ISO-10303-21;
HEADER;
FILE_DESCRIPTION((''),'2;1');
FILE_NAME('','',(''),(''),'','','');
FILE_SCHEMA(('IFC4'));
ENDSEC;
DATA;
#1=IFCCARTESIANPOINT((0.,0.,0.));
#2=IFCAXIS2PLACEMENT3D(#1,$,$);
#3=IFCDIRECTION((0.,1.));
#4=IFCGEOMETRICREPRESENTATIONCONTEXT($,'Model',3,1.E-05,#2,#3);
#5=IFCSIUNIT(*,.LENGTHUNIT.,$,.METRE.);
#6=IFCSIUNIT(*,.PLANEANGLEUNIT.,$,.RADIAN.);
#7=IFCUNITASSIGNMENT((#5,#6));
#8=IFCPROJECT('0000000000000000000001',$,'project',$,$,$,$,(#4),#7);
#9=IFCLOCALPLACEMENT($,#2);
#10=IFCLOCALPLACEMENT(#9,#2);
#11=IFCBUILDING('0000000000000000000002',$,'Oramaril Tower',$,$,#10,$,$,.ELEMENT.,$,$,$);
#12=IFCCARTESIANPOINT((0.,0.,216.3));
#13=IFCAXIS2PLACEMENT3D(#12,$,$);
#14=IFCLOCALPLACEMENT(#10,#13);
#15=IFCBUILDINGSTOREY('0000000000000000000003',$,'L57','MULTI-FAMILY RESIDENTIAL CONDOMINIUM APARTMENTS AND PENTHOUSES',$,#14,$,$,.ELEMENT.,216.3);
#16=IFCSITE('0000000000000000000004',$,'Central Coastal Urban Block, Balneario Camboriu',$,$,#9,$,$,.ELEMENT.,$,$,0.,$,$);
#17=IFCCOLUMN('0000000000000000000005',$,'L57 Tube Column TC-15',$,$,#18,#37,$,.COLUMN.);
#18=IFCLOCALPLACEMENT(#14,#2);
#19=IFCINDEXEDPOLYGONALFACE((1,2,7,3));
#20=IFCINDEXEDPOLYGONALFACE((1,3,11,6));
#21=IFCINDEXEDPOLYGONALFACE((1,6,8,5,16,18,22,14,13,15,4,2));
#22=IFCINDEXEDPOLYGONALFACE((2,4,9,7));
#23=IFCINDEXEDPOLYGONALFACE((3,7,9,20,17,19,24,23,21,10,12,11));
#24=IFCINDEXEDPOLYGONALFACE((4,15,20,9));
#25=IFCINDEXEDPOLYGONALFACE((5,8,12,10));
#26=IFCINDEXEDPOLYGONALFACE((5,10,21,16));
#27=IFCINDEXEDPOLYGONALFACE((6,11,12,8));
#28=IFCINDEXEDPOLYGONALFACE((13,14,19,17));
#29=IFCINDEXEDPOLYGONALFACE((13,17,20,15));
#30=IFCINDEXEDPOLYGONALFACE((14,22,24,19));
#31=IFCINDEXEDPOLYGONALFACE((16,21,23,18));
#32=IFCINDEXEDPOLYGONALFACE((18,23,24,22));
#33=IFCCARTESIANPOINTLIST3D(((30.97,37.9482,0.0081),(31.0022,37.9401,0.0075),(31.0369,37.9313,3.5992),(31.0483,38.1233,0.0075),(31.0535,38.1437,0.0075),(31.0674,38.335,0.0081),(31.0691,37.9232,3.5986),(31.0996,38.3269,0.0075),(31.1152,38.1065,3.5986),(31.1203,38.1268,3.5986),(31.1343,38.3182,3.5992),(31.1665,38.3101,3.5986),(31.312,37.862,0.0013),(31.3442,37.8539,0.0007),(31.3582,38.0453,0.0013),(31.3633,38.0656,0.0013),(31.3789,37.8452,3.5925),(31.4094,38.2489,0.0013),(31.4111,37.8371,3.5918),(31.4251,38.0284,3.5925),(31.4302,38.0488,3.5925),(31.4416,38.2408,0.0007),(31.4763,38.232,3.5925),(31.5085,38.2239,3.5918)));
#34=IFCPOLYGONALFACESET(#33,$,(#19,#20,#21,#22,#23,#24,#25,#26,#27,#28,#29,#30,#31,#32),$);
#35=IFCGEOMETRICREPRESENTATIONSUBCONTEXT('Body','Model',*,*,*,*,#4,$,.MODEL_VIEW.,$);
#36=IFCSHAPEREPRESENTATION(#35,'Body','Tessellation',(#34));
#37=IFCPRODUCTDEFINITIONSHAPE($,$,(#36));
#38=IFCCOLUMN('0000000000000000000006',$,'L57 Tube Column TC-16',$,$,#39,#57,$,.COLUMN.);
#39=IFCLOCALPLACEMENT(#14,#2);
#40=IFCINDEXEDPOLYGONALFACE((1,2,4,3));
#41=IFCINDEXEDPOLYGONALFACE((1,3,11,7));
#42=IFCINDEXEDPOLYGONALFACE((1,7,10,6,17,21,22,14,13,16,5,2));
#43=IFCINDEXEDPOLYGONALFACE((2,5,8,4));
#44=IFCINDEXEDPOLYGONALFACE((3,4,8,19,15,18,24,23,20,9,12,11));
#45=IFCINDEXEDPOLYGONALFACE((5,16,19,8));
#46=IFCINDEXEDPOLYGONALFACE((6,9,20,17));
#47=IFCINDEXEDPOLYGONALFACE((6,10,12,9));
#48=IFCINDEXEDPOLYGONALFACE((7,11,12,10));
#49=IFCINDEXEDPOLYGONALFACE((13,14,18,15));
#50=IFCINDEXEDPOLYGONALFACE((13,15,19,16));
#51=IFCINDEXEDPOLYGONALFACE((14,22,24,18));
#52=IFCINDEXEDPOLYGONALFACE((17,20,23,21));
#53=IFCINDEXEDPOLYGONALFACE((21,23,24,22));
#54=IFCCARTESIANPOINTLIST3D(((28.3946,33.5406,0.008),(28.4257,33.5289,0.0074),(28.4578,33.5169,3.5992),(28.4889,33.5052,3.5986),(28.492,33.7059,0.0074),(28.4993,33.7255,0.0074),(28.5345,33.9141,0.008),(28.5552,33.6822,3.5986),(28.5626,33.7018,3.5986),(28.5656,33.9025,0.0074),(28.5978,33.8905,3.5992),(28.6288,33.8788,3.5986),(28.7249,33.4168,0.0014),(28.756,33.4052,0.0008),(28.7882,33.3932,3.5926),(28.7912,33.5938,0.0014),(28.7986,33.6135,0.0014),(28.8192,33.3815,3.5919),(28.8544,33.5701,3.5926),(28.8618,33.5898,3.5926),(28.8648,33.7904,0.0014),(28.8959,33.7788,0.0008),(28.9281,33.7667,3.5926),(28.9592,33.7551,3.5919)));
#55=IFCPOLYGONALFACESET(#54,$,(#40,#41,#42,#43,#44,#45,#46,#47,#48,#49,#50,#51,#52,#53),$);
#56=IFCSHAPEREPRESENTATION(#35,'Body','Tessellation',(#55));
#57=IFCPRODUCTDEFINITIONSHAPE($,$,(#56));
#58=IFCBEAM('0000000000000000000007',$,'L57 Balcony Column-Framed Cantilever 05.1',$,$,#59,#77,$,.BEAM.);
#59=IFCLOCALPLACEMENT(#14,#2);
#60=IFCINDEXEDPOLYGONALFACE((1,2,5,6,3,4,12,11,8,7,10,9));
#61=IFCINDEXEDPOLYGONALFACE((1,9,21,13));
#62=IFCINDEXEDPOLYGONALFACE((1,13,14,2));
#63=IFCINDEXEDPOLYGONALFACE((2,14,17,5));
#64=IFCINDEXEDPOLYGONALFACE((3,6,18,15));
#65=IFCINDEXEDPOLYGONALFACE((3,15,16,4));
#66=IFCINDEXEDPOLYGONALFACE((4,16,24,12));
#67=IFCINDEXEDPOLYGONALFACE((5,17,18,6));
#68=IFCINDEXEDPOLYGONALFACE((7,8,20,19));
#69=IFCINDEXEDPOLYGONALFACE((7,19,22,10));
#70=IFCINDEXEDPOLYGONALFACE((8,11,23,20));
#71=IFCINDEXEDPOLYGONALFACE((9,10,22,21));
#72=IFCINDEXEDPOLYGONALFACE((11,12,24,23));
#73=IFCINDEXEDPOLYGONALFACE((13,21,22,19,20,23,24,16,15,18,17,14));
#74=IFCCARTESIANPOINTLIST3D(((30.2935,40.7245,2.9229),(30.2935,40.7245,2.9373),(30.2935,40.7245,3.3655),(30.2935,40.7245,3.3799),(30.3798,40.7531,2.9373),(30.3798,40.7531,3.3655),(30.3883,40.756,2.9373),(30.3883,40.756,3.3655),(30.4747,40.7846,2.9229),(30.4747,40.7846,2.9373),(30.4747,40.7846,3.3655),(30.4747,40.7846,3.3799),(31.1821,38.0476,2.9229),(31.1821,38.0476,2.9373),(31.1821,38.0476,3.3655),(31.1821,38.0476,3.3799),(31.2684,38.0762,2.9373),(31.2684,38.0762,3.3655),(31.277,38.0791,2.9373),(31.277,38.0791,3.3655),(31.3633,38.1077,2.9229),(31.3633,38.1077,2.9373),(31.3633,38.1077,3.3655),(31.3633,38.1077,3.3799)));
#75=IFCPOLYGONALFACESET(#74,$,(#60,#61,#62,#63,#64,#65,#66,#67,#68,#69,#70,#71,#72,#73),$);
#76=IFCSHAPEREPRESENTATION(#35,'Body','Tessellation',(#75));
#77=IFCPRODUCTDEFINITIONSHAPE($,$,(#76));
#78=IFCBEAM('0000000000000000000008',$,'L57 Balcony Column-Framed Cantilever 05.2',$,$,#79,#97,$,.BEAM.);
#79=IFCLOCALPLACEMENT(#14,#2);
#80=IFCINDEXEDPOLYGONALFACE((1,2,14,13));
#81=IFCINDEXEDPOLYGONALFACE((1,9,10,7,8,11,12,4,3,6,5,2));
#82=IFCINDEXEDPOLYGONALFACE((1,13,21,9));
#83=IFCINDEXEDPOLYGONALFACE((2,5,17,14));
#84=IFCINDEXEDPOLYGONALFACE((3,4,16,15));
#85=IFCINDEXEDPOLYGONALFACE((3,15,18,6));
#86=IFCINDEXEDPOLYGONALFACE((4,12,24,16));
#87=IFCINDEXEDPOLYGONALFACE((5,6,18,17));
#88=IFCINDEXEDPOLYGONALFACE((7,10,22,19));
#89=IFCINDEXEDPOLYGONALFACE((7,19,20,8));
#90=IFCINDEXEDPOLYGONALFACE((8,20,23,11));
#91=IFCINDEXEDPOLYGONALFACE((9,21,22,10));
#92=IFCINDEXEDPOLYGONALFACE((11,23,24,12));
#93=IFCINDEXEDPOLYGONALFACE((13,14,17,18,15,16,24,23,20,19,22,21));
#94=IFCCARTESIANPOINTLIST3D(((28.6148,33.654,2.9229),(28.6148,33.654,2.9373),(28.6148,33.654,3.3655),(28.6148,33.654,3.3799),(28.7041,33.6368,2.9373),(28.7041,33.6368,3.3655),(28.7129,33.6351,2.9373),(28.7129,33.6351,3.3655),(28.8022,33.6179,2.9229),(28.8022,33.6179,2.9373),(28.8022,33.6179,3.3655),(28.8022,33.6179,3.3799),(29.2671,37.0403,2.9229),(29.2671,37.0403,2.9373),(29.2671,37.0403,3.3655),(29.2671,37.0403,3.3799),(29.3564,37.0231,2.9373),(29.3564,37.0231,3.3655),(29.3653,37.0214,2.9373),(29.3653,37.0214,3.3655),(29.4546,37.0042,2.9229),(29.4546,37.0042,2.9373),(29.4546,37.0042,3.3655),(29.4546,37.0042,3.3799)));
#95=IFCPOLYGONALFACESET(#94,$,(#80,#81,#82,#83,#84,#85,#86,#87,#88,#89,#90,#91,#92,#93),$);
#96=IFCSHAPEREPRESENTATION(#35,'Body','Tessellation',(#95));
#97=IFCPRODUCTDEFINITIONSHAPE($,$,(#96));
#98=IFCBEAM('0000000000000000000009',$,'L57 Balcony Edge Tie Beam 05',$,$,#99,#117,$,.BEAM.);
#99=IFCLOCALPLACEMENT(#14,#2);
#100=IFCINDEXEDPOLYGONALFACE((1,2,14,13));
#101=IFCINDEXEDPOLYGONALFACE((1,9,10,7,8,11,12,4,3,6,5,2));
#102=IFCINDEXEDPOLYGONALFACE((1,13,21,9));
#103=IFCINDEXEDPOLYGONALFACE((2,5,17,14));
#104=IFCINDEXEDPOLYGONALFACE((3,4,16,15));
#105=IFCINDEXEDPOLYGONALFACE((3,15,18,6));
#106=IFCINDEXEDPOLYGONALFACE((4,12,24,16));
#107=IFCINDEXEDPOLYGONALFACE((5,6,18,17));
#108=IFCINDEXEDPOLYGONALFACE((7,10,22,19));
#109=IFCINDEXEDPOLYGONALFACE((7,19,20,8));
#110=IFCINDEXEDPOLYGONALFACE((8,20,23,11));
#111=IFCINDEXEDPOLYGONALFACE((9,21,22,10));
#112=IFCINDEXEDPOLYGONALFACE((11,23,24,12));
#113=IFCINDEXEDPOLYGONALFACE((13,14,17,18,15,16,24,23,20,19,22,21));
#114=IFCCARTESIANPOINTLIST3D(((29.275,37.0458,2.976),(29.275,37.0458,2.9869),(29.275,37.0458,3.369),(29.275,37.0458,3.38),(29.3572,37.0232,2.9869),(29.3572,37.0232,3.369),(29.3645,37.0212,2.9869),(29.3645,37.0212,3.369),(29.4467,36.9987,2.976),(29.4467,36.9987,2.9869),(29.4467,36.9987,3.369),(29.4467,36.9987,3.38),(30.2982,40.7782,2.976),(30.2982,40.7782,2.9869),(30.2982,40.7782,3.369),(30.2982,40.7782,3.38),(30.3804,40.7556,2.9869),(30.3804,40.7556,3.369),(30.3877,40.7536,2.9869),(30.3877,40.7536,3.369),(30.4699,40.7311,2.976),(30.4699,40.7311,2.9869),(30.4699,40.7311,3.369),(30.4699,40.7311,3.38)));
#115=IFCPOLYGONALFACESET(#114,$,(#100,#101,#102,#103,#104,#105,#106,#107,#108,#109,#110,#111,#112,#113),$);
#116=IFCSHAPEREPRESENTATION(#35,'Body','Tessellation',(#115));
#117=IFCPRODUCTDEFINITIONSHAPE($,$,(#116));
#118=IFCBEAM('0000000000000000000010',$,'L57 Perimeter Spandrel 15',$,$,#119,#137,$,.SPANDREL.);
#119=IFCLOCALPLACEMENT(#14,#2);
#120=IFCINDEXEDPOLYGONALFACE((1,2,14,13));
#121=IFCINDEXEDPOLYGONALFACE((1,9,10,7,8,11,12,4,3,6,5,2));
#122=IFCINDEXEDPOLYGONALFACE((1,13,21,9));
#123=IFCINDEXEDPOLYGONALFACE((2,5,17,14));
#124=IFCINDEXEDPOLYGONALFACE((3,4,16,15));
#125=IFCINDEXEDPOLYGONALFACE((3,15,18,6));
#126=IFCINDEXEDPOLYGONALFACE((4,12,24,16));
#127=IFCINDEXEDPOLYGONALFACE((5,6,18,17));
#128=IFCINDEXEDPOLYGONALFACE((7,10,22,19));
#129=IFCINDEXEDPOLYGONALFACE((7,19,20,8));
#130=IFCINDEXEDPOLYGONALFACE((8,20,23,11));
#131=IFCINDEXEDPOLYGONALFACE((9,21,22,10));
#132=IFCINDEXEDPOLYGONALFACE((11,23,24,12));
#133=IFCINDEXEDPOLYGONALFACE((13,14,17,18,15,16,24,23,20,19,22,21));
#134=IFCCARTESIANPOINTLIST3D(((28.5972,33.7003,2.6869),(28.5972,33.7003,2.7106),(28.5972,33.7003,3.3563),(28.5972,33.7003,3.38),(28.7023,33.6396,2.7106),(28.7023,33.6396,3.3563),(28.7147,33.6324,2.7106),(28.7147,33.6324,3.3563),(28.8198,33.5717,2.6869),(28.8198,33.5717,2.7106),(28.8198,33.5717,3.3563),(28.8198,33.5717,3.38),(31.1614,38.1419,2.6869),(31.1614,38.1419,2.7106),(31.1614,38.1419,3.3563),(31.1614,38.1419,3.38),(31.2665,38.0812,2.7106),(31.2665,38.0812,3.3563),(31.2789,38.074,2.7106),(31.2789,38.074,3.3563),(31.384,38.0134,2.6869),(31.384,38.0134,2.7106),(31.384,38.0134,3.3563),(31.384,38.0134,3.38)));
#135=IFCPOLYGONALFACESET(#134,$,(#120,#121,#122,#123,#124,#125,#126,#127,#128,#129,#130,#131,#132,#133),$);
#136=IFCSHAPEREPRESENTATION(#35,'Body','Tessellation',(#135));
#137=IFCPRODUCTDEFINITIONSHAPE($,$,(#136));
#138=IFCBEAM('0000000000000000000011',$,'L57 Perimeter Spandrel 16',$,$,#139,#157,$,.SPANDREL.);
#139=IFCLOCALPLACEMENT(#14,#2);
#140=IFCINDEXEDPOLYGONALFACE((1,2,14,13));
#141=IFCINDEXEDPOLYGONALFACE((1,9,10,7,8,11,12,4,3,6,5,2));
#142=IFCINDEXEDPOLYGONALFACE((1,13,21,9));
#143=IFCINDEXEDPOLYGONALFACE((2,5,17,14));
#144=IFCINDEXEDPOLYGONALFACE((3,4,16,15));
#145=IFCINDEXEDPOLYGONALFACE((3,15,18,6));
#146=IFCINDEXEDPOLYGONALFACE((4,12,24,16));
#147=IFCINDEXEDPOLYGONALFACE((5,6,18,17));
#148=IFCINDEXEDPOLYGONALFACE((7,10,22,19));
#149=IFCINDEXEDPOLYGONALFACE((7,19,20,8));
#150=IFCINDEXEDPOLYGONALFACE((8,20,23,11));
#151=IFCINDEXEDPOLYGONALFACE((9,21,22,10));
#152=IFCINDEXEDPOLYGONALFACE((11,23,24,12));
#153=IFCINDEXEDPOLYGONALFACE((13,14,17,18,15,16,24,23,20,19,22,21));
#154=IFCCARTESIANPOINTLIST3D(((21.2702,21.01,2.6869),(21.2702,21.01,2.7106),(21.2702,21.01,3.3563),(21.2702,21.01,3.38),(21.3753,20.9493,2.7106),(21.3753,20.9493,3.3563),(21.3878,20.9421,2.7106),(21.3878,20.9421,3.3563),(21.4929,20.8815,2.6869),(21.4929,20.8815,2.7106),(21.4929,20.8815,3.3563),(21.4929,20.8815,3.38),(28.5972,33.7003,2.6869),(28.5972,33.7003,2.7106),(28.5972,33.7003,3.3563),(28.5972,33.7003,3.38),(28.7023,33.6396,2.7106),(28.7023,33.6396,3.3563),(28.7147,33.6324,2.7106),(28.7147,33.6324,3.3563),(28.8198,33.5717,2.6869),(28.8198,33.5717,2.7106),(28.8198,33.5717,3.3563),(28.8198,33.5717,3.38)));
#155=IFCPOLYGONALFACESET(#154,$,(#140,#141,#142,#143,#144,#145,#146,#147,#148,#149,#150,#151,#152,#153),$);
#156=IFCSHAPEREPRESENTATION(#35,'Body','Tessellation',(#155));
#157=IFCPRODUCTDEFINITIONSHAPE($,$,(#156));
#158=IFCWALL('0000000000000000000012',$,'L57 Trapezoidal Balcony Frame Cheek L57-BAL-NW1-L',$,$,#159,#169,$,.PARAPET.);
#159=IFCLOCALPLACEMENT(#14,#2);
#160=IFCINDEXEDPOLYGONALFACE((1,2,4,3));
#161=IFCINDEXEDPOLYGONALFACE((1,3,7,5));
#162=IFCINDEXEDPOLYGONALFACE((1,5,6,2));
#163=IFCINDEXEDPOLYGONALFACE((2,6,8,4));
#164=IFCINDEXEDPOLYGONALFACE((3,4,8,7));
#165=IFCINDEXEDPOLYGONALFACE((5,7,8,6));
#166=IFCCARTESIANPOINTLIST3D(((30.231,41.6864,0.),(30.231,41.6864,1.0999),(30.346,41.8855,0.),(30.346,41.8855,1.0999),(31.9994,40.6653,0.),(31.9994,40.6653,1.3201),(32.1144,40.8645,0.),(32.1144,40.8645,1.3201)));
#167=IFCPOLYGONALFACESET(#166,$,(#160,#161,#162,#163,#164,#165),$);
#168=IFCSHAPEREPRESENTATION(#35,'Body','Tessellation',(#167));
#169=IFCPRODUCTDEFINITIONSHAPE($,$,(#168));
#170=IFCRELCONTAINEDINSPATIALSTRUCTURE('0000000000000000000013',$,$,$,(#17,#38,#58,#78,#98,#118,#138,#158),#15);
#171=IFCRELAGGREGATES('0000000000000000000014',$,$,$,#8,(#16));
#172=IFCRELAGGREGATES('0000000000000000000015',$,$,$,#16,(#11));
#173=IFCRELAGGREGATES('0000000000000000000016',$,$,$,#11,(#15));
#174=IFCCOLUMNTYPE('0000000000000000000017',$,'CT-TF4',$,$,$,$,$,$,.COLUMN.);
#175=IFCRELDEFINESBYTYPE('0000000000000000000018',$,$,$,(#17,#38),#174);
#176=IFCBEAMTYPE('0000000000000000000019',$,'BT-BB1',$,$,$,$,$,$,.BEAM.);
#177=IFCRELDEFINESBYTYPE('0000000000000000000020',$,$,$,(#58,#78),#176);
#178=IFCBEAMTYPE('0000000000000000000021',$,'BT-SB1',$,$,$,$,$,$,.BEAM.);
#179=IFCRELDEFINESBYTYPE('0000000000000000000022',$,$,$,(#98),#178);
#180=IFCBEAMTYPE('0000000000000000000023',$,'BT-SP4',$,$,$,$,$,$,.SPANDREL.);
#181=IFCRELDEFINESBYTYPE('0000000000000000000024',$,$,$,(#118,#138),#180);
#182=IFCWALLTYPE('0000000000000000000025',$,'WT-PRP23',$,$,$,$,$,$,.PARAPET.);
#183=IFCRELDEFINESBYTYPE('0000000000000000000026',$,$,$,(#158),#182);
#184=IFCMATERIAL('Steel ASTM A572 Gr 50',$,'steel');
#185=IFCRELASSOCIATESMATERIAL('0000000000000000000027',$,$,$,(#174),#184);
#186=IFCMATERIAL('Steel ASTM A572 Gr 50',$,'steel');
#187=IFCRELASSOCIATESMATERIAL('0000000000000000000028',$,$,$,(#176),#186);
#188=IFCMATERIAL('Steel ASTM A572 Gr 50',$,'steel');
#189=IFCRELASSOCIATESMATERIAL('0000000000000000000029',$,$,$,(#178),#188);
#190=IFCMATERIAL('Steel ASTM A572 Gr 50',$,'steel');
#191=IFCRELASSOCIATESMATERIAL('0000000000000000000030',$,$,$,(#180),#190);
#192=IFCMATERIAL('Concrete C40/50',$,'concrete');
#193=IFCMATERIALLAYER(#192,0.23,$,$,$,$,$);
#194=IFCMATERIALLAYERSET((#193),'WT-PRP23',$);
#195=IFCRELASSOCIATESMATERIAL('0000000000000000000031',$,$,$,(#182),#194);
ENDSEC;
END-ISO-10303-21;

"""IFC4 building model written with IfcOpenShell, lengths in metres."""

from ifc_helpers import new_model, si_unit, direction, frame, origin, origin_2d, place, context, subcontext, project, spatial, polyline, i_section, outline, extrude, material, layer, layer_set, material_profile, profile_set, type_object, element, save


model = new_model("IFC4")

# Units and contexts
model_context = context("Model", 3, precision=1e-05, world=origin(), true_north=direction((0.0, 1.0)))
body_context = subcontext(model_context, "Body", "Model", "MODEL_VIEW")
ifc_project = project(units=[si_unit("LENGTHUNIT", "METRE"), si_unit("PLANEANGLEUNIT", "RADIAN")], contexts=[model_context])

# Site, building, storey
site_placement = place(None, origin())
site = spatial("IfcSite", under=ifc_project, at=site_placement, Name="Central Coastal Urban Block, Balneario Camboriu", CompositionType="ELEMENT", RefElevation=0.0)
building_placement = place(site_placement, origin())
building = spatial("IfcBuilding", under=site, at=building_placement, Name="Oramaril Tower", CompositionType="ELEMENT")
storey_placement = place(building_placement, frame((0.0, 0.0, 216.3)))
storey = spatial("IfcBuildingStorey", under=building, at=storey_placement, Name="L57", Description="MULTI-FAMILY RESIDENTIAL CONDOMINIUM APARTMENTS AND PENTHOUSES", CompositionType="ELEMENT", Elevation=216.3)

# Columns
ifc_material_1 = material(Name="Steel ASTM A572 Gr 50", Category="steel")
ifc_material_profile_1 = material_profile(ifc_material_1, i_section(OverallWidth=0.3989, OverallDepth=0.386, WebThickness=0.021, FlangeThickness=0.0332, at=origin_2d()), Name="W14X176")
ifc_profile_set_1 = profile_set([ifc_material_profile_1], Name="Steel ASTM A572 Gr 50")
column_type = type_object("IfcColumnType", Name="CT-TF4", PredefinedType="COLUMN", material=ifc_profile_set_1)
for number, where, z_axis, x_axis, name in (
    (1, (31.2058, 38.0945, 0.0044), (0.018625, -0.00469, 0.999816), (0.244201, 0.969725, 0.0), "L57 Tube Column TC-15"),
    (2, (28.6453, 33.6597, 0.0044), (0.017605, -0.006593, 0.999823), (0.350727, 0.936478, 0.0), "L57 Tube Column TC-16"),
):
    element("IfcColumn", number, at=place(storey_placement, frame(where, z_axis=z_axis, x_axis=x_axis)), inside=storey, type_object=column_type, Name=name, PredefinedType="COLUMN", context=body_context, shape_type="SweptSolid", body=[
        extrude(i_section(OverallWidth=0.3989, OverallDepth=0.386, WebThickness=0.021, FlangeThickness=0.0332, at=origin_2d()), origin(), (0.0, 0.0, 1.0), 3.5918),
    ])

# Beams
ifc_material_2 = material(Name="Steel ASTM A572 Gr 50", Category="steel")
ifc_material_profile_2 = material_profile(ifc_material_2, i_section(OverallWidth=0.1909, OverallDepth=0.457, WebThickness=0.009, FlangeThickness=0.0144, at=origin_2d()), Name="W18X50")
ifc_profile_set_2 = profile_set([ifc_material_profile_2], Name="Steel ASTM A572 Gr 50")
beam_type_1 = type_object("IfcBeamType", Name="BT-BB1", PredefinedType="BEAM", material=ifc_profile_set_2)
beam_1_placement = place(storey_placement, frame((31.2727, 38.0776, 3.1514), z_axis=(-0.315059, 0.949072, 0.0), x_axis=(-0.949072, -0.315059, 0.0)))
element("IfcBeam", 3, at=beam_1_placement, inside=storey, type_object=beam_type_1, Name="L57 Balcony Column-Framed Cantilever 05.1", PredefinedType="BEAM", context=body_context, shape_type="SweptSolid", body=[
    extrude(i_section(OverallWidth=0.1909, OverallDepth=0.457, WebThickness=0.009, FlangeThickness=0.0144, at=origin_2d()), origin(), (0.0, 0.0, 1.0), 2.8206),
])
beam_2_placement = place(storey_placement, frame((28.7085, 33.636, 3.1514), z_axis=(0.189168, 0.981945, 0.0), x_axis=(-0.981945, 0.189168, 0.0)))
element("IfcBeam", 4, at=beam_2_placement, inside=storey, type_object=beam_type_1, Name="L57 Balcony Column-Framed Cantilever 05.2", PredefinedType="BEAM", context=body_context, shape_type="SweptSolid", body=[
    extrude(i_section(OverallWidth=0.1909, OverallDepth=0.457, WebThickness=0.009, FlangeThickness=0.0144, at=origin_2d()), origin(), (0.0, 0.0, 1.0), 3.4485),
])
ifc_material_3 = material(Name="Steel ASTM A572 Gr 50", Category="steel")
ifc_material_profile_3 = material_profile(ifc_material_3, i_section(OverallWidth=0.178, OverallDepth=0.4041, WebThickness=0.0076, FlangeThickness=0.011, at=origin_2d()), Name="W16X36")
ifc_profile_set_3 = profile_set([ifc_material_profile_3], Name="Steel ASTM A572 Gr 50")
beam_type_2 = type_object("IfcBeamType", Name="BT-SB1", PredefinedType="BEAM", material=ifc_profile_set_3)
beam_3_placement = place(storey_placement, frame((30.384, 40.7546, 3.178), z_axis=(-0.264382, -0.964418, 0.0), x_axis=(0.964418, -0.264382, 0.0)))
element("IfcBeam", 5, at=beam_3_placement, inside=storey, type_object=beam_type_2, Name="L57 Balcony Edge Tie Beam 05", PredefinedType="BEAM", context=body_context, shape_type="SweptSolid", body=[
    extrude(i_section(OverallWidth=0.178, OverallDepth=0.4041, WebThickness=0.0076, FlangeThickness=0.011, at=origin_2d()), origin(), (0.0, 0.0, 1.0), 3.8701),
])
ifc_material_4 = material(Name="Steel ASTM A572 Gr 50", Category="steel")
ifc_material_profile_4 = material_profile(ifc_material_4, i_section(OverallWidth=0.2571, OverallDepth=0.6931, WebThickness=0.0144, FlangeThickness=0.0237, at=origin_2d()), Name="W27X114")
ifc_profile_set_4 = profile_set([ifc_material_profile_4], Name="Steel ASTM A572 Gr 50")
beam_type_3 = type_object("IfcBeamType", Name="BT-SP4", PredefinedType="SPANDREL", material=ifc_profile_set_4)
beam_4_placement = place(storey_placement, frame((31.2727, 38.0776, 3.0334), z_axis=(-0.499974, -0.866041, 0.0), x_axis=(0.866041, -0.499974, 0.0)))
element("IfcBeam", 6, at=beam_4_placement, inside=storey, type_object=beam_type_3, Name="L57 Perimeter Spandrel 15", PredefinedType="SPANDREL", context=body_context, shape_type="SweptSolid", body=[
    extrude(i_section(OverallWidth=0.2571, OverallDepth=0.6931, WebThickness=0.0144, FlangeThickness=0.0237, at=origin_2d()), origin(), (0.0, 0.0, 1.0), 5.1287),
])
beam_5_placement = place(storey_placement, frame((28.7085, 33.636, 3.0334), z_axis=(-0.500011, -0.866019, 0.0), x_axis=(0.866019, -0.500011, 0.0)))
element("IfcBeam", 7, at=beam_5_placement, inside=storey, type_object=beam_type_3, Name="L57 Perimeter Spandrel 16", PredefinedType="SPANDREL", context=body_context, shape_type="SweptSolid", body=[
    extrude(i_section(OverallWidth=0.2571, OverallDepth=0.6931, WebThickness=0.0144, FlangeThickness=0.0237, at=origin_2d()), origin(), (0.0, 0.0, 1.0), 14.6536),
])

# Wall
ifc_material_5 = material(Name="Concrete C40/50", Category="concrete")
ifc_layer_1 = layer(ifc_material_5, 0.23)
ifc_layer_set_1 = layer_set([ifc_layer_1], Name="WT-PRP23")
wall_type_1 = type_object("IfcWallType", Name="WT-PRP23", PredefinedType="PARAPET", material=ifc_layer_set_1)
wall_1_placement = place(storey_placement, frame((32.0569, 40.7649, 0.0), z_axis=(0.0, 0.0, 1.0), x_axis=(-0.866012, 0.500023, 0.0)))
element("IfcWall", 8, at=wall_1_placement, inside=storey, type_object=wall_type_1, Name="L57 Trapezoidal Balcony Frame Cheek L57-BAL-NW1-L", PredefinedType="PARAPET", context=body_context, shape_type="SweptSolid", body=[
    extrude(outline(polyline([(0.0, 0.0), (2.042, 0.0), (2.042, 1.0999), (0.0, 1.3201), (0.0, 0.0)])), frame((0.0, 0.115, 0.0), z_axis=(0.0, -1.0, 0.0), x_axis=(1.0, 0.0, 0.0)), (0.0, 0.0, 1.0), 0.23),
])

save(model, "model.ifc")
